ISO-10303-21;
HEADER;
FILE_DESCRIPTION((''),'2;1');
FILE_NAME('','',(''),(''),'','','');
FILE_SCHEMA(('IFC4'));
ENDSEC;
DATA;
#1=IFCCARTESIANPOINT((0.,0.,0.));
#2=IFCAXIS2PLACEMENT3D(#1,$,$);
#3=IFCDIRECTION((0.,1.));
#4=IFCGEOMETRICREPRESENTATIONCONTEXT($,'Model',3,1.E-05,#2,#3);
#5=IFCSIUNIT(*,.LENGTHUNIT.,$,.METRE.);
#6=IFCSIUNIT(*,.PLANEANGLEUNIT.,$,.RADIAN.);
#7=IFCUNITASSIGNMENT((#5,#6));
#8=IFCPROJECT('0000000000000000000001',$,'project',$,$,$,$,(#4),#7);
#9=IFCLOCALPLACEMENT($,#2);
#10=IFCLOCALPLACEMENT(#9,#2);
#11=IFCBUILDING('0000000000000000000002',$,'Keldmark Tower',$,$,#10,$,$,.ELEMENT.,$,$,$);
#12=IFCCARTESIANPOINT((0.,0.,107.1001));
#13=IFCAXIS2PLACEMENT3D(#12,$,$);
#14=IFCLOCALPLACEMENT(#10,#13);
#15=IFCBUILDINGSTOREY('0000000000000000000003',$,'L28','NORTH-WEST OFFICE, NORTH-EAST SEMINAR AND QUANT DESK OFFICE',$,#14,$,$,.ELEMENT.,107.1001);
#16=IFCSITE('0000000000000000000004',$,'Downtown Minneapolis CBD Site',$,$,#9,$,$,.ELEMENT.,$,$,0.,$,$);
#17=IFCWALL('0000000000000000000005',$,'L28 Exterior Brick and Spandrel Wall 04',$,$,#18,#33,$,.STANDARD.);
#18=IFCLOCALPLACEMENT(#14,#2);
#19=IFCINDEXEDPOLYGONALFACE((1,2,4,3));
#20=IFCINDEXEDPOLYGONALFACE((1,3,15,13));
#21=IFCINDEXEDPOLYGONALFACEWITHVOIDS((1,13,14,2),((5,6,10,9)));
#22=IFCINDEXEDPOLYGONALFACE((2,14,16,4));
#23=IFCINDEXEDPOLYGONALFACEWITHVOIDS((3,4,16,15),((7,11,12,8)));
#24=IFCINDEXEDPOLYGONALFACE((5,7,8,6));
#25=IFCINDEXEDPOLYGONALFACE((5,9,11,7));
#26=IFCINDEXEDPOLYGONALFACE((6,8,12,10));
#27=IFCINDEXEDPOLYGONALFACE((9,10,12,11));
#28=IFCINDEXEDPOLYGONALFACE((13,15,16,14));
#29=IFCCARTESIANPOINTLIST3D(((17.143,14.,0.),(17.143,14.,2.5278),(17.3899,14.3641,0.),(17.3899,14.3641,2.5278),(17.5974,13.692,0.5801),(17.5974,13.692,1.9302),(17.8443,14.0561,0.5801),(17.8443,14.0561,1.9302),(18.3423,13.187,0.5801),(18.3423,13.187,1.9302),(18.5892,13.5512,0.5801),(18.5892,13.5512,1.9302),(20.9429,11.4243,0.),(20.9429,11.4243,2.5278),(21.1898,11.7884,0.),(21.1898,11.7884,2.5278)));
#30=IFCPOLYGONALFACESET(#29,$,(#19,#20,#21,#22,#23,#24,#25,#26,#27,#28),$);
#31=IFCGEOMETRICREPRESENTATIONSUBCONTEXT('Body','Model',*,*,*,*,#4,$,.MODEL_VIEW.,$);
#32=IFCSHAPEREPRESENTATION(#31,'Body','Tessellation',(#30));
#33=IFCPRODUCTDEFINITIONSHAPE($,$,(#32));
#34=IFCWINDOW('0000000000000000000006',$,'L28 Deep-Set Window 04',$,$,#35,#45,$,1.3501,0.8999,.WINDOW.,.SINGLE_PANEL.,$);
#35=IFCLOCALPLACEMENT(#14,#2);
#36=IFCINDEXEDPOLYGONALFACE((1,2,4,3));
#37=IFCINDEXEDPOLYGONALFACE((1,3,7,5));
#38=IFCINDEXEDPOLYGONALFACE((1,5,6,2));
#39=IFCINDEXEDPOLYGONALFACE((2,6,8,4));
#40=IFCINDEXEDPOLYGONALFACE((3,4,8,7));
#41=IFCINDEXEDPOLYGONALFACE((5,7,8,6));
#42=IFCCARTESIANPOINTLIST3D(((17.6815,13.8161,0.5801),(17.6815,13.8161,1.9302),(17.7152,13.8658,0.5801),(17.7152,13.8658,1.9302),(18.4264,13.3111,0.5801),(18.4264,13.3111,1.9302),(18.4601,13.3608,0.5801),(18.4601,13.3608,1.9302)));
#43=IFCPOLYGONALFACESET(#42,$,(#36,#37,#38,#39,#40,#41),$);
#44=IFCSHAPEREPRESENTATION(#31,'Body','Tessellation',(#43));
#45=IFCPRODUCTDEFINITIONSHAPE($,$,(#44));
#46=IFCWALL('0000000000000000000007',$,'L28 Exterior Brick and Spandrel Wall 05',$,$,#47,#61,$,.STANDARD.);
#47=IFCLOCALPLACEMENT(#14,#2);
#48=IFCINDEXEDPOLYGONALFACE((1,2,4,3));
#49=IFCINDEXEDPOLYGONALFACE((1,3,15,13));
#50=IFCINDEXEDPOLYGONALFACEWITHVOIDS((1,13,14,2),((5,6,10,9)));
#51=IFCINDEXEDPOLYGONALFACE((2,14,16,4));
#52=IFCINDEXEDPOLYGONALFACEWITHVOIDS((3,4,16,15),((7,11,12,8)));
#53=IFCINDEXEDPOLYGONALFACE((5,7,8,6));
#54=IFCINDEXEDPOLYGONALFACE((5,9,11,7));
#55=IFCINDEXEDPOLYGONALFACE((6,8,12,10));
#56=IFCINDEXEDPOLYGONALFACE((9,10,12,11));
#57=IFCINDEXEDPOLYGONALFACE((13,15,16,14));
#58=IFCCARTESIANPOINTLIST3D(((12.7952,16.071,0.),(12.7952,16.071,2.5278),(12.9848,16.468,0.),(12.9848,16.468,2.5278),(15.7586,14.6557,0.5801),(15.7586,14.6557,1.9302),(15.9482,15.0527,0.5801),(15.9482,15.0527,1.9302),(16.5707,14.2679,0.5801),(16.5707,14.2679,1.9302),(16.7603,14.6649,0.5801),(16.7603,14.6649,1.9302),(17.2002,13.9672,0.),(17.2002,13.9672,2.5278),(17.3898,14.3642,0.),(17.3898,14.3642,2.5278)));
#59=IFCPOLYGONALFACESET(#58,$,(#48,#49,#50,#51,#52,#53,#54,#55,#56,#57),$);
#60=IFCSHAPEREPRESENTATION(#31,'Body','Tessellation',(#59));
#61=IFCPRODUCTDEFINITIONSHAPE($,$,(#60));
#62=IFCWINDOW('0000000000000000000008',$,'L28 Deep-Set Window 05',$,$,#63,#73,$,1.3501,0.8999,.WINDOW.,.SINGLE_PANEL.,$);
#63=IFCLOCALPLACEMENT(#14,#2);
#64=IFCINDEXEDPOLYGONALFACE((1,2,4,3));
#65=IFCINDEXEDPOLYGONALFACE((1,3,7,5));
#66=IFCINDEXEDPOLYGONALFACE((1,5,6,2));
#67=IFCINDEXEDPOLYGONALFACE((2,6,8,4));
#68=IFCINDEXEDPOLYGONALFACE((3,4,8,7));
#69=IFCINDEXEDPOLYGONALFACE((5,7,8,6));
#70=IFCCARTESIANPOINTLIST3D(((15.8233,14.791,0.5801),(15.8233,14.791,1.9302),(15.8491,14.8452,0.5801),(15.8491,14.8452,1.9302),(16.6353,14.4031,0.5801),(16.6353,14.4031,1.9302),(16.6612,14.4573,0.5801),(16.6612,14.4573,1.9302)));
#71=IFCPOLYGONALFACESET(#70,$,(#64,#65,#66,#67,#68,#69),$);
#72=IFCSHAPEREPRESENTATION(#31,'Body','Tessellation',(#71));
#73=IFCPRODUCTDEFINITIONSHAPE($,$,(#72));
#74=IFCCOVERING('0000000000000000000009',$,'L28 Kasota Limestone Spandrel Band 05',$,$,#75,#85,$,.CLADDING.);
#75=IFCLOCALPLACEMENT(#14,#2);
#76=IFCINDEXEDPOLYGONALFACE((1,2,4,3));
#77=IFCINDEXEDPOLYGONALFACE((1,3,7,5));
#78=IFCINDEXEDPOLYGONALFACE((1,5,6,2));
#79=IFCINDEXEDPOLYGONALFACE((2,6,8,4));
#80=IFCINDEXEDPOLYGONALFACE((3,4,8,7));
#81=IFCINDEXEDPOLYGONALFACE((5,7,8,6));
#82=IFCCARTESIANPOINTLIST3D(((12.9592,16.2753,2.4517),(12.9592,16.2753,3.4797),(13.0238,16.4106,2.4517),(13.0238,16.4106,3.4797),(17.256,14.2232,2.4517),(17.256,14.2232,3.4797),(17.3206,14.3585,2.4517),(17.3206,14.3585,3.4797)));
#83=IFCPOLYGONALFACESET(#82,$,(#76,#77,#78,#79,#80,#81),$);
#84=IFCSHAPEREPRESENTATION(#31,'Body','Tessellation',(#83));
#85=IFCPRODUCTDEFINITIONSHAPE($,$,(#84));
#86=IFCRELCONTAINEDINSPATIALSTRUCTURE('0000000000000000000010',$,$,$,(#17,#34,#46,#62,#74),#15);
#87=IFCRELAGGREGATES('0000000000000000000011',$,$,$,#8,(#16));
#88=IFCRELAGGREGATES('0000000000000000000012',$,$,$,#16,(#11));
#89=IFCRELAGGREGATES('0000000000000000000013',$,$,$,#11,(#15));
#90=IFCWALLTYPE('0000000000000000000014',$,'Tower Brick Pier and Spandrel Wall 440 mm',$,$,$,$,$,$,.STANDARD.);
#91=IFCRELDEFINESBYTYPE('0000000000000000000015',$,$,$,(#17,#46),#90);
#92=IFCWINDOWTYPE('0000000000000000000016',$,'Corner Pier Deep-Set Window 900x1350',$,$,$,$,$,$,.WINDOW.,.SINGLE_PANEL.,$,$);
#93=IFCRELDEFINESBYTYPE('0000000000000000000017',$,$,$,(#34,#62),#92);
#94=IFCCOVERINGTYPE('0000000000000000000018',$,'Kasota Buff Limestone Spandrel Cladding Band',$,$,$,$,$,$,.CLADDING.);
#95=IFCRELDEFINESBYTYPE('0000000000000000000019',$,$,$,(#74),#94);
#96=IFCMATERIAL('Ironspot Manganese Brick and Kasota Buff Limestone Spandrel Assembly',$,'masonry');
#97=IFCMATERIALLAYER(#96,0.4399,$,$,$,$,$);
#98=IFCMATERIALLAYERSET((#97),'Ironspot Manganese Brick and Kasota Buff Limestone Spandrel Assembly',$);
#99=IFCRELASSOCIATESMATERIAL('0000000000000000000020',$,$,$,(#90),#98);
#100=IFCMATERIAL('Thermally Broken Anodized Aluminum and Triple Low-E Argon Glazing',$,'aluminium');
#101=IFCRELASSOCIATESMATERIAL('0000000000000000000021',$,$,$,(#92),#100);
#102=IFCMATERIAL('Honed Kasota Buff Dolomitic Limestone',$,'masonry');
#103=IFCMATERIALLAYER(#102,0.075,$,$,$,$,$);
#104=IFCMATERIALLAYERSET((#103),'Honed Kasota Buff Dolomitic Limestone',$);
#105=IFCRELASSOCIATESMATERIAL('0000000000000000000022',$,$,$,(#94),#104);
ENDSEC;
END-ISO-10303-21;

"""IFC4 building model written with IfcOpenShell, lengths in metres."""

from ifc_helpers import new_model, si_unit, direction, frame, frame_2d, origin, origin_2d, place, context, subcontext, project, spatial, rectangle, extrude, material, layer, layer_set, type_object, element, fill, save


model = new_model("IFC4")

# Units and contexts
model_context = context("Model", 3, precision=1e-05, world=origin(), true_north=direction((0.0, 1.0)))
body_context = subcontext(model_context, "Body", "Model", "MODEL_VIEW")
ifc_project = project(units=[si_unit("LENGTHUNIT", "METRE"), si_unit("PLANEANGLEUNIT", "RADIAN")], contexts=[model_context])

# Site, building, storey
site_placement = place(None, origin())
site = spatial("IfcSite", under=ifc_project, at=site_placement, Name="Downtown Minneapolis CBD Site", CompositionType="ELEMENT", RefElevation=0.0)
building_placement = place(site_placement, origin())
building = spatial("IfcBuilding", under=site, at=building_placement, Name="Keldmark Tower", CompositionType="ELEMENT")
storey_placement = place(building_placement, frame((0.0, 0.0, 107.1001)))
storey = spatial("IfcBuildingStorey", under=building, at=storey_placement, Name="L28", Description="NORTH-WEST OFFICE, NORTH-EAST SEMINAR AND QUANT DESK OFFICE", CompositionType="ELEMENT", Elevation=107.1001)

# Walls, openings, windows
ifc_material_1 = material(Name="Ironspot Manganese Brick and Kasota Buff Limestone Spandrel Assembly", Category="masonry")
ifc_layer_1 = layer(ifc_material_1, 0.4399)
ifc_layer_set_1 = layer_set([ifc_layer_1], Name="Ironspot Manganese Brick and Kasota Buff Limestone Spandrel Assembly")
wall_type = type_object("IfcWallType", Name="Tower Brick Pier and Spandrel Wall 440 mm", PredefinedType="STANDARD", material=ifc_layer_set_1)
ifc_material_2 = material(Name="Thermally Broken Anodized Aluminum and Triple Low-E Argon Glazing", Category="aluminium")
window_type = type_object("IfcWindowType", Name="Corner Pier Deep-Set Window 900x1350", PartitioningType="SINGLE_PANEL", PredefinedType="WINDOW", material=ifc_material_2)
wall_1_placement = place(storey_placement, frame((17.2664, 14.1821, 0.0), z_axis=(0.0, 0.0, 1.0), x_axis=(0.827755, -0.56109, 0.0)))
wall_1 = element("IfcWall", 1, at=wall_1_placement, inside=storey, type_object=wall_type, Name="L28 Exterior Brick and Spandrel Wall 04", PredefinedType="STANDARD", context=body_context, shape_type="SweptSolid", body=[
    extrude(rectangle(XDim=4.5906, YDim=0.4399, at=frame_2d((2.2954, 0.0))), origin(), (0.0, 0.0, 1.0), 2.5278),
])
opening_1_placement = place(wall_1_placement, frame((0.5491, 0.0, 0.5801)))
opening_1 = element("IfcOpeningElement", 2, at=opening_1_placement, cuts=wall_1, PredefinedType="OPENING", context=body_context, shape_type="SweptSolid", body=[
    extrude(rectangle(XDim=0.8999, YDim=1.3501, at=frame_2d((0.45, 0.675))), frame((0.0, 0.23, 0.0), z_axis=(0.0, -1.0, 0.0), x_axis=(1.0, 0.0, 0.0)), (0.0, 0.0, 1.0), 0.46),
])
window_1_placement = place(opening_1_placement, origin())
window_1 = element("IfcWindow", 3, at=window_1_placement, inside=storey, type_object=window_type, Name="L28 Deep-Set Window 04", OverallHeight=1.3501, OverallWidth=0.8999, PartitioningType="SINGLE_PANEL", PredefinedType="WINDOW", context=body_context, shape_type="SweptSolid", body=[
    extrude(rectangle(XDim=0.8999, YDim=1.3501, at=frame_2d((0.45, 0.675))), frame((0.0, -0.01, 0.0), z_axis=(0.0, -1.0, 0.0), x_axis=(1.0, 0.0, 0.0)), (0.0, 0.0, 1.0), 0.0601),
])
fill(opening_1, window_1)
wall_2_placement = place(storey_placement, frame((12.8899, 16.2695, 0.0), z_axis=(0.0, 0.0, 1.0), x_axis=(0.902373, -0.430956, 0.0)))
wall_2 = element("IfcWall", 4, at=wall_2_placement, inside=storey, type_object=wall_type, Name="L28 Exterior Brick and Spandrel Wall 05", PredefinedType="STANDARD", context=body_context, shape_type="SweptSolid", body=[
    extrude(rectangle(XDim=4.8816, YDim=0.4399, at=frame_2d((2.4409, 0.0))), origin(), (0.0, 0.0, 1.0), 2.5278),
])
opening_2_placement = place(wall_2_placement, frame((3.2842, 0.0, 0.5801)))
opening_2 = element("IfcOpeningElement", 5, at=opening_2_placement, cuts=wall_2, PredefinedType="OPENING", context=body_context, shape_type="SweptSolid", body=[
    extrude(rectangle(XDim=0.8999, YDim=1.3501, at=frame_2d((0.45, 0.675))), frame((0.0, 0.23, 0.0), z_axis=(0.0, -1.0, 0.0), x_axis=(1.0, 0.0, 0.0)), (0.0, 0.0, 1.0), 0.46),
])
window_2_placement = place(opening_2_placement, origin())
window_2 = element("IfcWindow", 6, at=window_2_placement, inside=storey, type_object=window_type, Name="L28 Deep-Set Window 05", OverallHeight=1.3501, OverallWidth=0.8999, PartitioningType="SINGLE_PANEL", PredefinedType="WINDOW", context=body_context, shape_type="SweptSolid", body=[
    extrude(rectangle(XDim=0.8999, YDim=1.3501, at=frame_2d((0.45, 0.675))), frame((0.0, -0.01, 0.0), z_axis=(0.0, -1.0, 0.0), x_axis=(1.0, 0.0, 0.0)), (0.0, 0.0, 1.0), 0.0601),
])
fill(opening_2, window_2)

# Covering
ifc_material_3 = material(Name="Honed Kasota Buff Dolomitic Limestone", Category="masonry")
ifc_layer_2 = layer(ifc_material_3, 0.075)
ifc_layer_set_2 = layer_set([ifc_layer_2], Name="Honed Kasota Buff Dolomitic Limestone")
covering_type = type_object("IfcCoveringType", Name="Kasota Buff Limestone Spandrel Cladding Band", PredefinedType="CLADDING", material=ifc_layer_set_2)
covering_placement = place(storey_placement, frame((15.1399, 15.3169, 2.4517), z_axis=(0.0, 0.0, 1.0), x_axis=(-0.902367, 0.430968, 0.0)))
element("IfcCovering", 7, at=covering_placement, inside=storey, type_object=covering_type, Name="L28 Kasota Limestone Spandrel Band 05", PredefinedType="CLADDING", context=body_context, shape_type="SweptSolid", body=[
    extrude(rectangle(XDim=4.7617, YDim=0.1499, at=origin_2d()), origin(), (0.0, 0.0, 1.0), 1.0281),
])

save(model, "model.ifc")
